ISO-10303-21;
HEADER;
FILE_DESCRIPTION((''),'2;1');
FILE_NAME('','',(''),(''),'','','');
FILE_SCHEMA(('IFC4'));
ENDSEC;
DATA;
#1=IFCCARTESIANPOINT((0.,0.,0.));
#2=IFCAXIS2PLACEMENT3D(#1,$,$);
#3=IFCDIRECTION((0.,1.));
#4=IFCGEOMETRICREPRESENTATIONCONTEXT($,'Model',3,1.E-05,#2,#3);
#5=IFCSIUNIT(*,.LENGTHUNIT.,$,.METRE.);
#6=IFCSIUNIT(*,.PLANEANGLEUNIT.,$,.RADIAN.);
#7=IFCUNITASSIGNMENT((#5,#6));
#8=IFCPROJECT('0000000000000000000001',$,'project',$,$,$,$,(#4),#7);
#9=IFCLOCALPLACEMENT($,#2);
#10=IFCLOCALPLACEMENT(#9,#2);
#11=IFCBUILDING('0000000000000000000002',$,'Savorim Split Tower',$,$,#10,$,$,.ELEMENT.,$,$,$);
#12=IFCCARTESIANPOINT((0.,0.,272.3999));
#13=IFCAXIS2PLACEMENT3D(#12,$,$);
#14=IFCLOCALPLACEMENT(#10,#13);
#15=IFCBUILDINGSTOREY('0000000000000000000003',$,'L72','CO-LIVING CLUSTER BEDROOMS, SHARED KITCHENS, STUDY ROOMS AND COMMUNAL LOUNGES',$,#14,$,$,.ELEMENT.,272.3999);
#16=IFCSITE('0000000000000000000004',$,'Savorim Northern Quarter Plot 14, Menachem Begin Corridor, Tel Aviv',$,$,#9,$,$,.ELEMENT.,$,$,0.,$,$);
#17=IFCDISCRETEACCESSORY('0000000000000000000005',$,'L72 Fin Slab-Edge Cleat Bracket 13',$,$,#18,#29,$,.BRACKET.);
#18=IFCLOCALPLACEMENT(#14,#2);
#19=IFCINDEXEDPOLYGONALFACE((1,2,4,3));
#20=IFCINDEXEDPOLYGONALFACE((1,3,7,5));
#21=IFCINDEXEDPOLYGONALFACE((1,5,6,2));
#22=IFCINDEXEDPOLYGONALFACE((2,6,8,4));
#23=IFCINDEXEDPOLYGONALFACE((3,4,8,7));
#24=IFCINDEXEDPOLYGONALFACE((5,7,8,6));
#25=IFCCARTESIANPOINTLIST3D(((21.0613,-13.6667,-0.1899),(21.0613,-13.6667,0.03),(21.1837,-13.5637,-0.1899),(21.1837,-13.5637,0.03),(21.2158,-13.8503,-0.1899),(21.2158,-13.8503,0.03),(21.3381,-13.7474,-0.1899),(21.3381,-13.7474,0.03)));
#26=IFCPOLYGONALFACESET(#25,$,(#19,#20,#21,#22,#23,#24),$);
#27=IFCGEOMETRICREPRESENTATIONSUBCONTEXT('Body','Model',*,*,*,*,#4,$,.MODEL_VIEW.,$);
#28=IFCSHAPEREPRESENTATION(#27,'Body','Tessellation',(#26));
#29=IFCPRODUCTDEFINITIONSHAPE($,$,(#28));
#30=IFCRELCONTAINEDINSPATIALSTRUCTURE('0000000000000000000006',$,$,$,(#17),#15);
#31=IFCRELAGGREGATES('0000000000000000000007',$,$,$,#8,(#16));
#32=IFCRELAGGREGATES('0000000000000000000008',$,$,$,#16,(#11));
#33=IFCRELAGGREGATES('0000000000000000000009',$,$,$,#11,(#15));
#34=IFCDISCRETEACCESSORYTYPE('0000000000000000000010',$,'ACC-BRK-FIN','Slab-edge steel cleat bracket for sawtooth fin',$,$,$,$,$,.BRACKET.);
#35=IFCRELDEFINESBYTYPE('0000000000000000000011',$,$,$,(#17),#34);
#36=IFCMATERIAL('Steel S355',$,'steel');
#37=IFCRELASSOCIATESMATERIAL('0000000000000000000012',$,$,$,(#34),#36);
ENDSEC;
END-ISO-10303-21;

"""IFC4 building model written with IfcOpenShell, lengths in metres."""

from ifc_helpers import new_model, si_unit, direction, frame, origin, origin_2d, place, context, subcontext, project, spatial, rectangle, extrude, material, type_object, element, save


model = new_model("IFC4")

# Units and contexts
model_context = context("Model", 3, precision=1e-05, world=origin(), true_north=direction((0.0, 1.0)))
body_context = subcontext(model_context, "Body", "Model", "MODEL_VIEW")
ifc_project = project(units=[si_unit("LENGTHUNIT", "METRE"), si_unit("PLANEANGLEUNIT", "RADIAN")], contexts=[model_context])

# Site, building, storey
site_placement = place(None, origin())
site = spatial("IfcSite", under=ifc_project, at=site_placement, Name="Savorim Northern Quarter Plot 14, Menachem Begin Corridor, Tel Aviv", CompositionType="ELEMENT", RefElevation=0.0)
building_placement = place(site_placement, origin())
building = spatial("IfcBuilding", under=site, at=building_placement, Name="Savorim Split Tower", CompositionType="ELEMENT")
storey_placement = place(building_placement, frame((0.0, 0.0, 272.3999)))
storey = spatial("IfcBuildingStorey", under=building, at=storey_placement, Name="L72", Description="CO-LIVING CLUSTER BEDROOMS, SHARED KITCHENS, STUDY ROOMS AND COMMUNAL LOUNGES", CompositionType="ELEMENT", Elevation=272.3999)

# Shared definitions
ifc_material_1 = material(Name="Steel S355", Category="steel")

# Discrete accessory
discrete_accessory_type = type_object("IfcDiscreteAccessoryType", Name="ACC-BRK-FIN", Description="Slab-edge steel cleat bracket for sawtooth fin", PredefinedType="BRACKET", material=ifc_material_1)
for number, where, z_axis, x_axis, name in (
    (1, (21.1997, -13.707, -0.1899), (0.0, 0.0, 1.0), (0.643719, -0.765262, 0.0), "L72 Fin Slab-Edge Cleat Bracket 13"),
):
    element("IfcDiscreteAccessory", number, at=place(storey_placement, frame(where, z_axis=z_axis, x_axis=x_axis)), inside=storey, type_object=discrete_accessory_type, Name=name, PredefinedType="BRACKET", context=body_context, shape_type="SweptSolid", body=[
        extrude(rectangle(XDim=0.24, YDim=0.1599, at=origin_2d()), origin(), (0.0, 0.0, 1.0), 0.22),
    ])

save(model, "model.ifc")
